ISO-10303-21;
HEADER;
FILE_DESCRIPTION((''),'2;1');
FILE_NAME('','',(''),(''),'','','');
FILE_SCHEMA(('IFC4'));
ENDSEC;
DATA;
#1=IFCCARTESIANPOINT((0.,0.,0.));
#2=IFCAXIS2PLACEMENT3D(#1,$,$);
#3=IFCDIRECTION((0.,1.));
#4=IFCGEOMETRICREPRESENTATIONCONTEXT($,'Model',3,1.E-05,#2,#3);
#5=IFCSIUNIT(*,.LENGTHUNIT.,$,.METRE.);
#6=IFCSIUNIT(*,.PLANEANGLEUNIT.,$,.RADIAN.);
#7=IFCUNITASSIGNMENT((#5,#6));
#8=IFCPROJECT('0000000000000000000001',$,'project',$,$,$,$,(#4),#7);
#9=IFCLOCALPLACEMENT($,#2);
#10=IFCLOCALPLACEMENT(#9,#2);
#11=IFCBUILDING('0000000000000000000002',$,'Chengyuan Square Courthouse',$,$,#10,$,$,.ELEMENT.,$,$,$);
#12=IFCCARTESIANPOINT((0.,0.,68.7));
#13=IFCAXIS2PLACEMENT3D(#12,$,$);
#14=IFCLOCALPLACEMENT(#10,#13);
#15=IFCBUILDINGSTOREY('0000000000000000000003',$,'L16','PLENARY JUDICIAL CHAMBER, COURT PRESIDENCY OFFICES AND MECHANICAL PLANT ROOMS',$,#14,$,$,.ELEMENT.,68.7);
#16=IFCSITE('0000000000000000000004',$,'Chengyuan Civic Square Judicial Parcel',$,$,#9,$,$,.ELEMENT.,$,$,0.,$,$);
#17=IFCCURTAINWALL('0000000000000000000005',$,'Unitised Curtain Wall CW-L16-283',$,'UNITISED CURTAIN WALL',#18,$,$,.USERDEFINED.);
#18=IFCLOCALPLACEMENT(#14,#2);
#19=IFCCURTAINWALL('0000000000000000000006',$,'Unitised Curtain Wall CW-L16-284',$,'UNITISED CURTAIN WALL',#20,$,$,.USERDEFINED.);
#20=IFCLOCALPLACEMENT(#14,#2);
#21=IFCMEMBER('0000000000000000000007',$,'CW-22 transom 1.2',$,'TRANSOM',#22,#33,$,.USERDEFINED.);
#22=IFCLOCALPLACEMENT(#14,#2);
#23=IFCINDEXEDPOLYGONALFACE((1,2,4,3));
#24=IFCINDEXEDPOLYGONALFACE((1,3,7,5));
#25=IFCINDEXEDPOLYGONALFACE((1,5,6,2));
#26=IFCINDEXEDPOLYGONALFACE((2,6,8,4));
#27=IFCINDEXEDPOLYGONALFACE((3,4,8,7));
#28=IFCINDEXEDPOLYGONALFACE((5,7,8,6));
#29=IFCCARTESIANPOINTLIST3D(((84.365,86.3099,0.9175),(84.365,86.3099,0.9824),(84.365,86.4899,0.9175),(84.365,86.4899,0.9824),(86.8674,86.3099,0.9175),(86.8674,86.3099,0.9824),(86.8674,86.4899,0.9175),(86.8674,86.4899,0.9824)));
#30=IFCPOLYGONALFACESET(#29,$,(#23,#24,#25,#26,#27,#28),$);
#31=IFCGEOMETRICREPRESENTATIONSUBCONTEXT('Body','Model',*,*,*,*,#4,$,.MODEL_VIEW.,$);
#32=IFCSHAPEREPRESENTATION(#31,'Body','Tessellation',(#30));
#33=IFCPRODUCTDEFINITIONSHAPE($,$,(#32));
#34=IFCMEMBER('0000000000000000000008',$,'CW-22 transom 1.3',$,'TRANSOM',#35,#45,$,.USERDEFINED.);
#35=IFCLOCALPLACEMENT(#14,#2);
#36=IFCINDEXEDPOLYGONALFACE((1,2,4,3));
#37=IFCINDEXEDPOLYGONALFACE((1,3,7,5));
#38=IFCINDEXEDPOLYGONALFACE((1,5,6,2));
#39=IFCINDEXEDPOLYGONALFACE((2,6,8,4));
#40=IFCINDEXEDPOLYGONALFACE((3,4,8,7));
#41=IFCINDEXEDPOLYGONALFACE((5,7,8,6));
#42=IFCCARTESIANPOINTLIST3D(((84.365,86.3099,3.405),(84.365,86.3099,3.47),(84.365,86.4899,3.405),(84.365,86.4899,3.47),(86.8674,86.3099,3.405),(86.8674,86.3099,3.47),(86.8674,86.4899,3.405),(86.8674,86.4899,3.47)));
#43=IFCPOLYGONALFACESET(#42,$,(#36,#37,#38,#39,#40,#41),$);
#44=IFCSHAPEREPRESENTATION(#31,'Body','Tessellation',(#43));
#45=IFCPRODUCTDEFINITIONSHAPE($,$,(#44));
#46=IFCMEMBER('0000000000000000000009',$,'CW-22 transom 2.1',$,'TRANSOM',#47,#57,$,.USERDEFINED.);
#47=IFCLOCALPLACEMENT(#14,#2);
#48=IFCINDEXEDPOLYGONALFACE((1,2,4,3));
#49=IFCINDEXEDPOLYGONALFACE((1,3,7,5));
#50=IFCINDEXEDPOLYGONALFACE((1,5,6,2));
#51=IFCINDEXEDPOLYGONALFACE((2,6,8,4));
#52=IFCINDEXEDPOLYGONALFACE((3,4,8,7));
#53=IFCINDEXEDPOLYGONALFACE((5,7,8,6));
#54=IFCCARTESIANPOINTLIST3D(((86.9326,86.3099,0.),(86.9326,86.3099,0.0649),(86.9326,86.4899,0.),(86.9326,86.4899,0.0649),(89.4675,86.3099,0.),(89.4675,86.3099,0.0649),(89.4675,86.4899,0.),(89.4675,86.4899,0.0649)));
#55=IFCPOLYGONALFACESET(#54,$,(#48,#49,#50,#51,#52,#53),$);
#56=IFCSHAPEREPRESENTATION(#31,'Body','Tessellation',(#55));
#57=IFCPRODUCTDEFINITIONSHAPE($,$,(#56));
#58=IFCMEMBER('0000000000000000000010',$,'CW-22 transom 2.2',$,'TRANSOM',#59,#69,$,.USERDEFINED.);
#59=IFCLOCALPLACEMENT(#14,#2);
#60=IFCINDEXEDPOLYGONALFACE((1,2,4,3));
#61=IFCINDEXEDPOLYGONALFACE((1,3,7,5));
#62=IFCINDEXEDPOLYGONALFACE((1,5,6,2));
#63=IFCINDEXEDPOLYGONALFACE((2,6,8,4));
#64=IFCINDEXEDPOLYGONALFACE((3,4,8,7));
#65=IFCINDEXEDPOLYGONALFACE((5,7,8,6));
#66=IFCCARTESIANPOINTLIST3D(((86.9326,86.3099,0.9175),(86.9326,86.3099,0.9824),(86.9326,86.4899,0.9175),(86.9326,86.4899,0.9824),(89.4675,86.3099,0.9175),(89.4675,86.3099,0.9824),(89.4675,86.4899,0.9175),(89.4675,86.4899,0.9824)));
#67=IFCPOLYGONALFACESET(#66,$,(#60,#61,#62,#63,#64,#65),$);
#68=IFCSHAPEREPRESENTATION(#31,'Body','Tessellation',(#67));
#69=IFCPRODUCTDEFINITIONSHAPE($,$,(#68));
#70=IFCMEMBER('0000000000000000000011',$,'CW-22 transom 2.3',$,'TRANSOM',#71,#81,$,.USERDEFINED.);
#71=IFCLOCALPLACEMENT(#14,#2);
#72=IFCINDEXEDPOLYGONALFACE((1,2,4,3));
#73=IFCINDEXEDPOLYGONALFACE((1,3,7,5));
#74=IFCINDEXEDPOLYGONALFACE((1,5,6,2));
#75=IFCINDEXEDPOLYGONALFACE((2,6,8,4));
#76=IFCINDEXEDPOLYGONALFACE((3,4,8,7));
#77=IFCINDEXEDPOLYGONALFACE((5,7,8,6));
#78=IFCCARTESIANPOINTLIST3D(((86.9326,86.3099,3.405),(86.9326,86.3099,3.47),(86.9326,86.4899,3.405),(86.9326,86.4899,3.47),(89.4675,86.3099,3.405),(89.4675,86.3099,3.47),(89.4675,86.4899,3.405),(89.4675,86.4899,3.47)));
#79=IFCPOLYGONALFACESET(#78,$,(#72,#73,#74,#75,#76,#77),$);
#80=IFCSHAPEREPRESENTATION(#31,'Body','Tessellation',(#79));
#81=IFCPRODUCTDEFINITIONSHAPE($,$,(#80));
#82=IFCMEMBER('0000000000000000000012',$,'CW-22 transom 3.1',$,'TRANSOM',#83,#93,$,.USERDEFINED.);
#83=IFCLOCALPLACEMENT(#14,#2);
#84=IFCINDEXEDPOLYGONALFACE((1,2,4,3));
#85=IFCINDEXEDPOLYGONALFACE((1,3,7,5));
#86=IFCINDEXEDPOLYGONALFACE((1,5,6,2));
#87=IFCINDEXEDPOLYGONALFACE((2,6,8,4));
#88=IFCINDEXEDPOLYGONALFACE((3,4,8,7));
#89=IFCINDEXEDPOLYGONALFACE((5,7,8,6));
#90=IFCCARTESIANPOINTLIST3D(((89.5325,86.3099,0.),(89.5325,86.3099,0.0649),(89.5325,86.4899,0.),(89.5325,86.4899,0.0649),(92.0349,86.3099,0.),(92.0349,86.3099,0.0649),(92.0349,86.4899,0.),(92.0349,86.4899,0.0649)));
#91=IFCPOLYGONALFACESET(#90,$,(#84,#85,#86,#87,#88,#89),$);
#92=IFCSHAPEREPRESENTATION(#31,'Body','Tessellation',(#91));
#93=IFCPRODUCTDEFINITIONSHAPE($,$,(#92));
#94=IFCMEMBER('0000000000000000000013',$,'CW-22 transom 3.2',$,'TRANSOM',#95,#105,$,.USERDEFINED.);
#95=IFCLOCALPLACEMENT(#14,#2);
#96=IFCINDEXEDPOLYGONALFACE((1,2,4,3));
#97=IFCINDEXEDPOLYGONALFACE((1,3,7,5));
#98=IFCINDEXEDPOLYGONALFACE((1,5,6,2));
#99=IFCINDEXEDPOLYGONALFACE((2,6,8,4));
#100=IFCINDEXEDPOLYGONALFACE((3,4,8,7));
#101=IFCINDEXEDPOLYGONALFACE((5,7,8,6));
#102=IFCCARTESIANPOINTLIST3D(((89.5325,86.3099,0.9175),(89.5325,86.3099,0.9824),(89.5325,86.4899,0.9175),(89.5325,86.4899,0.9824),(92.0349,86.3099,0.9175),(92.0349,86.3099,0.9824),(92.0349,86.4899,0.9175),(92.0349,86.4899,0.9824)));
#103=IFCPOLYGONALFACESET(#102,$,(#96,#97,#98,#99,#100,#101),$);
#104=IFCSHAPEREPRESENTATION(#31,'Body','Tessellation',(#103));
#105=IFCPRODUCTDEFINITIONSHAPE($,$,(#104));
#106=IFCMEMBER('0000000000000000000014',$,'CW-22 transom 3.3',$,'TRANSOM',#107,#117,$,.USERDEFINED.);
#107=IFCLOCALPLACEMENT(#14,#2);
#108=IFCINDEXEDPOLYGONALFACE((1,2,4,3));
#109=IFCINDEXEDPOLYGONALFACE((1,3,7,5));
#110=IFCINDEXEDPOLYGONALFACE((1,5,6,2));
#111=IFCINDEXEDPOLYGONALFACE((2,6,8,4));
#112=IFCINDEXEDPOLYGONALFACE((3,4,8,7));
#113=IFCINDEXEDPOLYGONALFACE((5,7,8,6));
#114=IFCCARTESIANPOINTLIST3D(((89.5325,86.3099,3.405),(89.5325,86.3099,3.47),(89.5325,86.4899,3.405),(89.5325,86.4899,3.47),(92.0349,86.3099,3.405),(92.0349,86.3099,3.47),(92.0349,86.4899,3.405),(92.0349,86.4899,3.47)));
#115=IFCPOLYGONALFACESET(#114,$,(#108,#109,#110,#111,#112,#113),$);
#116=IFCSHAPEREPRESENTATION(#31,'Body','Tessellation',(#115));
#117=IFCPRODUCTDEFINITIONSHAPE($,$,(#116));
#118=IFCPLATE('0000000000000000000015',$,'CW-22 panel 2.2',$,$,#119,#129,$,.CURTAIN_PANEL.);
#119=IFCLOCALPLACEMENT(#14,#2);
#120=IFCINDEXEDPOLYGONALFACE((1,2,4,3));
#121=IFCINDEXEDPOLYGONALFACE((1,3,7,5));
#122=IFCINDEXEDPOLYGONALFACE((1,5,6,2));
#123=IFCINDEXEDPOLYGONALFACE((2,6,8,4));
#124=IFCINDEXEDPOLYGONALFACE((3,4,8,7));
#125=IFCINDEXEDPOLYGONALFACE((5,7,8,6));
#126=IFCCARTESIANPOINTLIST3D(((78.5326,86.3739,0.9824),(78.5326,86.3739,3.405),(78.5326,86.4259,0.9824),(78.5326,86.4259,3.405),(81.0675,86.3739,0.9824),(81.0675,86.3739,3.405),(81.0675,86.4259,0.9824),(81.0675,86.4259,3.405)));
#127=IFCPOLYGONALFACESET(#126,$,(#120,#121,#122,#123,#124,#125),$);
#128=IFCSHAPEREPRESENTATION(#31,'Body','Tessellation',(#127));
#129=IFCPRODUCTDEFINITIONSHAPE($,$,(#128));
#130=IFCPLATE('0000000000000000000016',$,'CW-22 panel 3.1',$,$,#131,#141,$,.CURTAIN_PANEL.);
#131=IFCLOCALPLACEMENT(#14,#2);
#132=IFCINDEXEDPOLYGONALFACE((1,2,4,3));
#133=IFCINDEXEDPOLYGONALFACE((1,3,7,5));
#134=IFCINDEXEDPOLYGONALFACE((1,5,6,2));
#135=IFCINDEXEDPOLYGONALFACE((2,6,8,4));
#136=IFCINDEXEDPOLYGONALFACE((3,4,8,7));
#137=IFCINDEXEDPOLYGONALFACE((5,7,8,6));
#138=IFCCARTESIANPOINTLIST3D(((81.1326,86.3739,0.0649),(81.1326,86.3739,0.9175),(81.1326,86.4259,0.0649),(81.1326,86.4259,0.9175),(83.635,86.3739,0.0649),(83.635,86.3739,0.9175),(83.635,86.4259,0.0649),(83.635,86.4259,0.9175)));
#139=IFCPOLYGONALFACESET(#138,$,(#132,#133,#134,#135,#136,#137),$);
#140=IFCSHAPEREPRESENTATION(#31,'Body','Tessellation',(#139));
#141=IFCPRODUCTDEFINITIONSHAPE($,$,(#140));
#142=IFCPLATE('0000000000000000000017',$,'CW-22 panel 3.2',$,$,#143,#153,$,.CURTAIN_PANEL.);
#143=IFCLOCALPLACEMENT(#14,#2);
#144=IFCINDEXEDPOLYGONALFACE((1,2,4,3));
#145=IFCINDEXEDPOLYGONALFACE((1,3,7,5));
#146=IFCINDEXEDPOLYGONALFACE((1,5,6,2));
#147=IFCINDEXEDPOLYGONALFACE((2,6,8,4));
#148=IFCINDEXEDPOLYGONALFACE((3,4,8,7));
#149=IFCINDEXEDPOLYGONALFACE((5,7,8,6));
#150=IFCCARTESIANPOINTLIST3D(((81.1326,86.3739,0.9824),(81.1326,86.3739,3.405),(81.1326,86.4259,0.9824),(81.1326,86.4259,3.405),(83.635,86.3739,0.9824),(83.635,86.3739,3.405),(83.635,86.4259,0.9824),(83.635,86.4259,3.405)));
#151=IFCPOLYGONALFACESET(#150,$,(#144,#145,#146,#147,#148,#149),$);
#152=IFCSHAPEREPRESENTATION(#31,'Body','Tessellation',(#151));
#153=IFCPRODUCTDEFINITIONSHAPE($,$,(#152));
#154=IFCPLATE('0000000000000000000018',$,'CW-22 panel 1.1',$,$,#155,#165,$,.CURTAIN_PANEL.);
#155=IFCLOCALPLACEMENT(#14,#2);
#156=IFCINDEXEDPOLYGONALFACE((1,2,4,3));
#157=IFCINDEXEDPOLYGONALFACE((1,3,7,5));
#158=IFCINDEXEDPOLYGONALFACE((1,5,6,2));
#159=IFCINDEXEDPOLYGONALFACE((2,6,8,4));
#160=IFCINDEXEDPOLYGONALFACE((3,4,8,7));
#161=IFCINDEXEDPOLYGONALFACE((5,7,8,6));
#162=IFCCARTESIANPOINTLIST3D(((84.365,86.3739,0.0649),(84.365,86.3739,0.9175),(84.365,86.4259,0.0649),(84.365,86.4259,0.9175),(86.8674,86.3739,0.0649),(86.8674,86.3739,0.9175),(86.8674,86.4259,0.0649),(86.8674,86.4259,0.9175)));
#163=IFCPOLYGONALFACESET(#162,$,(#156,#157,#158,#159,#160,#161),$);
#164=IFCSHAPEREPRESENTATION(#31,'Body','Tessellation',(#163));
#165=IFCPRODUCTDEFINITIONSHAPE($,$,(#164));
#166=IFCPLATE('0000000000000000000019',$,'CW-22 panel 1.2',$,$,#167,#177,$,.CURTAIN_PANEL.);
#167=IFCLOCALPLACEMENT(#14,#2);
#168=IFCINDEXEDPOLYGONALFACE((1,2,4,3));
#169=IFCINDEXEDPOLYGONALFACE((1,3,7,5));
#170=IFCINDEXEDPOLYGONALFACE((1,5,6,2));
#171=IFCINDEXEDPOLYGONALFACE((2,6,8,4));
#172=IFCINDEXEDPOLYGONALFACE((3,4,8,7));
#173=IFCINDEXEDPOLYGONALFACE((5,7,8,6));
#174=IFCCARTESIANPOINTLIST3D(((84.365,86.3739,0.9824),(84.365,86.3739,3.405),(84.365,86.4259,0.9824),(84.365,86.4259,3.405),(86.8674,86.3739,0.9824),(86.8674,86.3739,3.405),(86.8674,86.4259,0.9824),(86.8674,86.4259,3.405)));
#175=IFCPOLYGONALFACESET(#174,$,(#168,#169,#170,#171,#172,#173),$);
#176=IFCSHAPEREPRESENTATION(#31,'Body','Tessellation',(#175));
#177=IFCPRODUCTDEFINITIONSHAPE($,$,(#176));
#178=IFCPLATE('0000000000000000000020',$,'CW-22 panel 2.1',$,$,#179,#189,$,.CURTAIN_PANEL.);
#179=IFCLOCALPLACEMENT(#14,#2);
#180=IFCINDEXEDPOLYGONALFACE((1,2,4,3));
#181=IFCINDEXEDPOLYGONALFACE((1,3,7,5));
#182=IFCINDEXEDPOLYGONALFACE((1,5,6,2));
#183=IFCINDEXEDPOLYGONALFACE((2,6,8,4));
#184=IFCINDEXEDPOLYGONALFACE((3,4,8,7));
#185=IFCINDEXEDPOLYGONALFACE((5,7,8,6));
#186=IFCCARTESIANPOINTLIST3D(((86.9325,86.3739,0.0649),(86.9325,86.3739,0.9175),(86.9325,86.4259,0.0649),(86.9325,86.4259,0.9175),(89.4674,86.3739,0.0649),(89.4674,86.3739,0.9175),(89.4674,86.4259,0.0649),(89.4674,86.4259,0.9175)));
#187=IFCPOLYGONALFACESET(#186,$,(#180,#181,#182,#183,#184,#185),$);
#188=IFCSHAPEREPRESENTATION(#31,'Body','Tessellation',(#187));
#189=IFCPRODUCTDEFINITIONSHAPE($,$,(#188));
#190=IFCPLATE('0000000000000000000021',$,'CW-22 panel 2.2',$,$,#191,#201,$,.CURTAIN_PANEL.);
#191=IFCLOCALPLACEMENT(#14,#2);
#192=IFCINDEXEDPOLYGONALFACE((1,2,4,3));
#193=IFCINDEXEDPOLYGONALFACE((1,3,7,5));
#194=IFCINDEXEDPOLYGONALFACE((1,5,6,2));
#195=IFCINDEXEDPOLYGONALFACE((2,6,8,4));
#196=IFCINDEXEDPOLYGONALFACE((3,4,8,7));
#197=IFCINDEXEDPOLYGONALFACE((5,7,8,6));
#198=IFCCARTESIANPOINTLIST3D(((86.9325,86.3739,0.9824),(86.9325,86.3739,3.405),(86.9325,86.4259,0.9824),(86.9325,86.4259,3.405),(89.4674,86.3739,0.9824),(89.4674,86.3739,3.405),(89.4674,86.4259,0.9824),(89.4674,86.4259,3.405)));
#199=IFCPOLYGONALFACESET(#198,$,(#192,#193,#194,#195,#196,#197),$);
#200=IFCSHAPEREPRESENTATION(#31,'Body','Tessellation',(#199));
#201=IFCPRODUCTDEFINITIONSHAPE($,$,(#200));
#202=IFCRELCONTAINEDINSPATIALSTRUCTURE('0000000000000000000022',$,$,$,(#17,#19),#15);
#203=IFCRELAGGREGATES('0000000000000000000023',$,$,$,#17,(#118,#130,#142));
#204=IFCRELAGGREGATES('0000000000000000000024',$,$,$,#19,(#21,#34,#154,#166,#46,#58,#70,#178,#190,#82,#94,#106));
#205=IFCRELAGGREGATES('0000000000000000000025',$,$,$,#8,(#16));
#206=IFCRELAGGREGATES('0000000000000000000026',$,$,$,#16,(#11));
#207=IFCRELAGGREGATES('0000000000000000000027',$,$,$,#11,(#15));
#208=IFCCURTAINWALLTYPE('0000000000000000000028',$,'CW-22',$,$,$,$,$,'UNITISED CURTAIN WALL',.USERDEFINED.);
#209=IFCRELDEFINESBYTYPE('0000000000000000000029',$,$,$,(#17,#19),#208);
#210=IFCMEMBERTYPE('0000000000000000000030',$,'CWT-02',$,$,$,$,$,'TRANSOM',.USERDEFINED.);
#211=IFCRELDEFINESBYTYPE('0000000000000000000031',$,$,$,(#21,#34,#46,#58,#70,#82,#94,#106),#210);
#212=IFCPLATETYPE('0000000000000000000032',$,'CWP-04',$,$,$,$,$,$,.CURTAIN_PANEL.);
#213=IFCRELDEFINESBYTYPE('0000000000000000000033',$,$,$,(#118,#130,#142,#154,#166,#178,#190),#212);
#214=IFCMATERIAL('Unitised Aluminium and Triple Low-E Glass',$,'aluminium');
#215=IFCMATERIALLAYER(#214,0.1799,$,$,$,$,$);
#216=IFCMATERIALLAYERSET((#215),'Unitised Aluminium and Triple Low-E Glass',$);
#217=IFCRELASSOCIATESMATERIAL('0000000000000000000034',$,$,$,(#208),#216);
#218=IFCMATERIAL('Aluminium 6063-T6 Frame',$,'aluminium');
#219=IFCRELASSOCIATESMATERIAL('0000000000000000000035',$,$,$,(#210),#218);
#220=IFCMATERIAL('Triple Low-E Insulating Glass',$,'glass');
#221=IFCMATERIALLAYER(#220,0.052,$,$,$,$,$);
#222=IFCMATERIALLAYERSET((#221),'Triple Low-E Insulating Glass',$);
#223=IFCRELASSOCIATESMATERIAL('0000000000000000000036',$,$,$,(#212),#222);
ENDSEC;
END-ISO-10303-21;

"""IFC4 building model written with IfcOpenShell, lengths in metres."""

from ifc_helpers import new_model, si_unit, direction, frame, origin, origin_2d, place, context, subcontext, project, spatial, rectangle, extrude, material, layer, layer_set, material_profile, profile_set, type_object, element, aggregate, save


model = new_model("IFC4")

# Units and contexts
model_context = context("Model", 3, precision=1e-05, world=origin(), true_north=direction((0.0, 1.0)))
body_context = subcontext(model_context, "Body", "Model", "MODEL_VIEW")
ifc_project = project(units=[si_unit("LENGTHUNIT", "METRE"), si_unit("PLANEANGLEUNIT", "RADIAN")], contexts=[model_context])

# Site, building, storey
site_placement = place(None, origin())
site = spatial("IfcSite", under=ifc_project, at=site_placement, Name="Chengyuan Civic Square Judicial Parcel", CompositionType="ELEMENT", RefElevation=0.0)
building_placement = place(site_placement, origin())
building = spatial("IfcBuilding", under=site, at=building_placement, Name="Chengyuan Square Courthouse", CompositionType="ELEMENT")
storey_placement = place(building_placement, frame((0.0, 0.0, 68.7)))
storey = spatial("IfcBuildingStorey", under=building, at=storey_placement, Name="L16", Description="PLENARY JUDICIAL CHAMBER, COURT PRESIDENCY OFFICES AND MECHANICAL PLANT ROOMS", CompositionType="ELEMENT", Elevation=68.7)

# Curtain walls
ifc_material_1 = material(Name="Unitised Aluminium and Triple Low-E Glass", Category="aluminium")
ifc_layer_1 = layer(ifc_material_1, 0.1799)
ifc_layer_set_1 = layer_set([ifc_layer_1], Name="Unitised Aluminium and Triple Low-E Glass")
curtain_wall_type = type_object("IfcCurtainWallType", Name="CW-22", ElementType="UNITISED CURTAIN WALL", PredefinedType="USERDEFINED", material=ifc_layer_set_1)
curtain_wall_1_placement = place(storey_placement, origin())
curtain_wall_1 = element("IfcCurtainWall", 1, at=curtain_wall_1_placement, inside=storey, type_object=curtain_wall_type, Name="Unitised Curtain Wall CW-L16-283", ObjectType="UNITISED CURTAIN WALL", PredefinedType="USERDEFINED")
ifc_material_2 = material(Name="Aluminium 6063-T6 Frame", Category="aluminium")
curtain_wall_2_placement = place(storey_placement, origin())
curtain_wall_2 = element("IfcCurtainWall", 2, at=curtain_wall_2_placement, inside=storey, type_object=curtain_wall_type, Name="Unitised Curtain Wall CW-L16-284", ObjectType="UNITISED CURTAIN WALL", PredefinedType="USERDEFINED")

# Members
ifc_material_profile_1 = material_profile(ifc_material_2, rectangle(XDim=0.1799, YDim=0.0649, at=origin_2d()), Name="CW-TRN-65x140")
ifc_profile_set_1 = profile_set([ifc_material_profile_1], Name="Aluminium 6063-T6 Frame")
member_type_1 = type_object("IfcMemberType", Name="CWT-02", ElementType="TRANSOM", PredefinedType="USERDEFINED", material=ifc_profile_set_1)
member_1_placement = place(storey_placement, frame((84.365, 86.3999, 0.95), z_axis=(1.0, 0.0, 0.0), x_axis=(0.0, 1.0, 0.0)))
member_1 = element("IfcMember", 3, at=member_1_placement, type_object=member_type_1, Name="CW-22 transom 1.2", ObjectType="TRANSOM", PredefinedType="USERDEFINED", context=body_context, shape_type="SweptSolid", body=[
    extrude(rectangle(XDim=0.1799, YDim=0.0649, at=origin_2d()), origin(), (0.0, 0.0, 1.0), 2.5024),
])
member_2_placement = place(storey_placement, frame((84.365, 86.3999, 3.4375), z_axis=(1.0, 0.0, 0.0), x_axis=(0.0, 1.0, 0.0)))
member_2 = element("IfcMember", 4, at=member_2_placement, type_object=member_type_1, Name="CW-22 transom 1.3", ObjectType="TRANSOM", PredefinedType="USERDEFINED", context=body_context, shape_type="SweptSolid", body=[
    extrude(rectangle(XDim=0.1799, YDim=0.0649, at=origin_2d()), origin(), (0.0, 0.0, 1.0), 2.5024),
])
member_3_placement = place(storey_placement, frame((86.9326, 86.3999, 0.0325), z_axis=(1.0, 0.0, 0.0), x_axis=(0.0, 1.0, 0.0)))
member_3 = element("IfcMember", 5, at=member_3_placement, type_object=member_type_1, Name="CW-22 transom 2.1", ObjectType="TRANSOM", PredefinedType="USERDEFINED", context=body_context, shape_type="SweptSolid", body=[
    extrude(rectangle(XDim=0.1799, YDim=0.0649, at=origin_2d()), origin(), (0.0, 0.0, 1.0), 2.5349),
])
member_4_placement = place(storey_placement, frame((86.9326, 86.3999, 0.95), z_axis=(1.0, 0.0, 0.0), x_axis=(0.0, 1.0, 0.0)))
member_4 = element("IfcMember", 6, at=member_4_placement, type_object=member_type_1, Name="CW-22 transom 2.2", ObjectType="TRANSOM", PredefinedType="USERDEFINED", context=body_context, shape_type="SweptSolid", body=[
    extrude(rectangle(XDim=0.1799, YDim=0.0649, at=origin_2d()), origin(), (0.0, 0.0, 1.0), 2.5349),
])
member_5_placement = place(storey_placement, frame((86.9326, 86.3999, 3.4375), z_axis=(1.0, 0.0, 0.0), x_axis=(0.0, 1.0, 0.0)))
member_5 = element("IfcMember", 7, at=member_5_placement, type_object=member_type_1, Name="CW-22 transom 2.3", ObjectType="TRANSOM", PredefinedType="USERDEFINED", context=body_context, shape_type="SweptSolid", body=[
    extrude(rectangle(XDim=0.1799, YDim=0.0649, at=origin_2d()), origin(), (0.0, 0.0, 1.0), 2.5349),
])
member_6_placement = place(storey_placement, frame((89.5325, 86.3999, 0.0325), z_axis=(1.0, 0.0, 0.0), x_axis=(0.0, 1.0, 0.0)))
member_6 = element("IfcMember", 8, at=member_6_placement, type_object=member_type_1, Name="CW-22 transom 3.1", ObjectType="TRANSOM", PredefinedType="USERDEFINED", context=body_context, shape_type="SweptSolid", body=[
    extrude(rectangle(XDim=0.1799, YDim=0.0649, at=origin_2d()), origin(), (0.0, 0.0, 1.0), 2.5024),
])
member_7_placement = place(storey_placement, frame((89.5325, 86.3999, 0.95), z_axis=(1.0, 0.0, 0.0), x_axis=(0.0, 1.0, 0.0)))
member_7 = element("IfcMember", 9, at=member_7_placement, type_object=member_type_1, Name="CW-22 transom 3.2", ObjectType="TRANSOM", PredefinedType="USERDEFINED", context=body_context, shape_type="SweptSolid", body=[
    extrude(rectangle(XDim=0.1799, YDim=0.0649, at=origin_2d()), origin(), (0.0, 0.0, 1.0), 2.5024),
])
member_8_placement = place(storey_placement, frame((89.5325, 86.3999, 3.4375), z_axis=(1.0, 0.0, 0.0), x_axis=(0.0, 1.0, 0.0)))
member_8 = element("IfcMember", 10, at=member_8_placement, type_object=member_type_1, Name="CW-22 transom 3.3", ObjectType="TRANSOM", PredefinedType="USERDEFINED", context=body_context, shape_type="SweptSolid", body=[
    extrude(rectangle(XDim=0.1799, YDim=0.0649, at=origin_2d()), origin(), (0.0, 0.0, 1.0), 2.5024),
])

# Plates
ifc_material_3 = material(Name="Triple Low-E Insulating Glass", Category="glass")
ifc_layer_2 = layer(ifc_material_3, 0.052)
ifc_layer_set_2 = layer_set([ifc_layer_2], Name="Triple Low-E Insulating Glass")
plate_type = type_object("IfcPlateType", Name="CWP-04", PredefinedType="CURTAIN_PANEL", material=ifc_layer_set_2)
plate_1_placement = place(storey_placement, frame((79.8, 86.3999, 0.9824), z_axis=(0.0, 0.0, 1.0), x_axis=(1.0, 0.0, 0.0)))
plate_1 = element("IfcPlate", 11, at=plate_1_placement, type_object=plate_type, Name="CW-22 panel 2.2", PredefinedType="CURTAIN_PANEL", context=body_context, shape_type="SweptSolid", body=[
    extrude(rectangle(XDim=2.5349, YDim=0.052, at=origin_2d()), origin(), (0.0, 0.0, 1.0), 2.4226),
])
plate_2_placement = place(storey_placement, frame((82.3838, 86.3999, 0.0649), z_axis=(0.0, 0.0, 1.0), x_axis=(1.0, 0.0, 0.0)))
plate_2 = element("IfcPlate", 12, at=plate_2_placement, type_object=plate_type, Name="CW-22 panel 3.1", PredefinedType="CURTAIN_PANEL", context=body_context, shape_type="SweptSolid", body=[
    extrude(rectangle(XDim=2.5024, YDim=0.052, at=origin_2d()), origin(), (0.0, 0.0, 1.0), 0.8525),
])
plate_3_placement = place(storey_placement, frame((82.3838, 86.3999, 0.9824), z_axis=(0.0, 0.0, 1.0), x_axis=(1.0, 0.0, 0.0)))
plate_3 = element("IfcPlate", 13, at=plate_3_placement, type_object=plate_type, Name="CW-22 panel 3.2", PredefinedType="CURTAIN_PANEL", context=body_context, shape_type="SweptSolid", body=[
    extrude(rectangle(XDim=2.5024, YDim=0.052, at=origin_2d()), origin(), (0.0, 0.0, 1.0), 2.4226),
])
aggregate(curtain_wall_1, [plate_1, plate_2, plate_3])
plate_4_placement = place(storey_placement, frame((85.6162, 86.3999, 0.0649), z_axis=(0.0, 0.0, 1.0), x_axis=(1.0, 0.0, 0.0)))
plate_4 = element("IfcPlate", 14, at=plate_4_placement, type_object=plate_type, Name="CW-22 panel 1.1", PredefinedType="CURTAIN_PANEL", context=body_context, shape_type="SweptSolid", body=[
    extrude(rectangle(XDim=2.5024, YDim=0.052, at=origin_2d()), origin(), (0.0, 0.0, 1.0), 0.8525),
])
plate_5_placement = place(storey_placement, frame((85.6162, 86.3999, 0.9824), z_axis=(0.0, 0.0, 1.0), x_axis=(1.0, 0.0, 0.0)))
plate_5 = element("IfcPlate", 15, at=plate_5_placement, type_object=plate_type, Name="CW-22 panel 1.2", PredefinedType="CURTAIN_PANEL", context=body_context, shape_type="SweptSolid", body=[
    extrude(rectangle(XDim=2.5024, YDim=0.052, at=origin_2d()), origin(), (0.0, 0.0, 1.0), 2.4226),
])
plate_6_placement = place(storey_placement, frame((88.2, 86.3999, 0.0649), z_axis=(0.0, 0.0, 1.0), x_axis=(1.0, 0.0, 0.0)))
plate_6 = element("IfcPlate", 16, at=plate_6_placement, type_object=plate_type, Name="CW-22 panel 2.1", PredefinedType="CURTAIN_PANEL", context=body_context, shape_type="SweptSolid", body=[
    extrude(rectangle(XDim=2.5349, YDim=0.052, at=origin_2d()), origin(), (0.0, 0.0, 1.0), 0.8525),
])
plate_7_placement = place(storey_placement, frame((88.2, 86.3999, 0.9824), z_axis=(0.0, 0.0, 1.0), x_axis=(1.0, 0.0, 0.0)))
plate_7 = element("IfcPlate", 17, at=plate_7_placement, type_object=plate_type, Name="CW-22 panel 2.2", PredefinedType="CURTAIN_PANEL", context=body_context, shape_type="SweptSolid", body=[
    extrude(rectangle(XDim=2.5349, YDim=0.052, at=origin_2d()), origin(), (0.0, 0.0, 1.0), 2.4226),
])
aggregate(curtain_wall_2, [member_1, member_2, plate_4, plate_5, member_3, member_4, member_5, plate_6, plate_7, member_6, member_7, member_8])

save(model, "model.ifc")
